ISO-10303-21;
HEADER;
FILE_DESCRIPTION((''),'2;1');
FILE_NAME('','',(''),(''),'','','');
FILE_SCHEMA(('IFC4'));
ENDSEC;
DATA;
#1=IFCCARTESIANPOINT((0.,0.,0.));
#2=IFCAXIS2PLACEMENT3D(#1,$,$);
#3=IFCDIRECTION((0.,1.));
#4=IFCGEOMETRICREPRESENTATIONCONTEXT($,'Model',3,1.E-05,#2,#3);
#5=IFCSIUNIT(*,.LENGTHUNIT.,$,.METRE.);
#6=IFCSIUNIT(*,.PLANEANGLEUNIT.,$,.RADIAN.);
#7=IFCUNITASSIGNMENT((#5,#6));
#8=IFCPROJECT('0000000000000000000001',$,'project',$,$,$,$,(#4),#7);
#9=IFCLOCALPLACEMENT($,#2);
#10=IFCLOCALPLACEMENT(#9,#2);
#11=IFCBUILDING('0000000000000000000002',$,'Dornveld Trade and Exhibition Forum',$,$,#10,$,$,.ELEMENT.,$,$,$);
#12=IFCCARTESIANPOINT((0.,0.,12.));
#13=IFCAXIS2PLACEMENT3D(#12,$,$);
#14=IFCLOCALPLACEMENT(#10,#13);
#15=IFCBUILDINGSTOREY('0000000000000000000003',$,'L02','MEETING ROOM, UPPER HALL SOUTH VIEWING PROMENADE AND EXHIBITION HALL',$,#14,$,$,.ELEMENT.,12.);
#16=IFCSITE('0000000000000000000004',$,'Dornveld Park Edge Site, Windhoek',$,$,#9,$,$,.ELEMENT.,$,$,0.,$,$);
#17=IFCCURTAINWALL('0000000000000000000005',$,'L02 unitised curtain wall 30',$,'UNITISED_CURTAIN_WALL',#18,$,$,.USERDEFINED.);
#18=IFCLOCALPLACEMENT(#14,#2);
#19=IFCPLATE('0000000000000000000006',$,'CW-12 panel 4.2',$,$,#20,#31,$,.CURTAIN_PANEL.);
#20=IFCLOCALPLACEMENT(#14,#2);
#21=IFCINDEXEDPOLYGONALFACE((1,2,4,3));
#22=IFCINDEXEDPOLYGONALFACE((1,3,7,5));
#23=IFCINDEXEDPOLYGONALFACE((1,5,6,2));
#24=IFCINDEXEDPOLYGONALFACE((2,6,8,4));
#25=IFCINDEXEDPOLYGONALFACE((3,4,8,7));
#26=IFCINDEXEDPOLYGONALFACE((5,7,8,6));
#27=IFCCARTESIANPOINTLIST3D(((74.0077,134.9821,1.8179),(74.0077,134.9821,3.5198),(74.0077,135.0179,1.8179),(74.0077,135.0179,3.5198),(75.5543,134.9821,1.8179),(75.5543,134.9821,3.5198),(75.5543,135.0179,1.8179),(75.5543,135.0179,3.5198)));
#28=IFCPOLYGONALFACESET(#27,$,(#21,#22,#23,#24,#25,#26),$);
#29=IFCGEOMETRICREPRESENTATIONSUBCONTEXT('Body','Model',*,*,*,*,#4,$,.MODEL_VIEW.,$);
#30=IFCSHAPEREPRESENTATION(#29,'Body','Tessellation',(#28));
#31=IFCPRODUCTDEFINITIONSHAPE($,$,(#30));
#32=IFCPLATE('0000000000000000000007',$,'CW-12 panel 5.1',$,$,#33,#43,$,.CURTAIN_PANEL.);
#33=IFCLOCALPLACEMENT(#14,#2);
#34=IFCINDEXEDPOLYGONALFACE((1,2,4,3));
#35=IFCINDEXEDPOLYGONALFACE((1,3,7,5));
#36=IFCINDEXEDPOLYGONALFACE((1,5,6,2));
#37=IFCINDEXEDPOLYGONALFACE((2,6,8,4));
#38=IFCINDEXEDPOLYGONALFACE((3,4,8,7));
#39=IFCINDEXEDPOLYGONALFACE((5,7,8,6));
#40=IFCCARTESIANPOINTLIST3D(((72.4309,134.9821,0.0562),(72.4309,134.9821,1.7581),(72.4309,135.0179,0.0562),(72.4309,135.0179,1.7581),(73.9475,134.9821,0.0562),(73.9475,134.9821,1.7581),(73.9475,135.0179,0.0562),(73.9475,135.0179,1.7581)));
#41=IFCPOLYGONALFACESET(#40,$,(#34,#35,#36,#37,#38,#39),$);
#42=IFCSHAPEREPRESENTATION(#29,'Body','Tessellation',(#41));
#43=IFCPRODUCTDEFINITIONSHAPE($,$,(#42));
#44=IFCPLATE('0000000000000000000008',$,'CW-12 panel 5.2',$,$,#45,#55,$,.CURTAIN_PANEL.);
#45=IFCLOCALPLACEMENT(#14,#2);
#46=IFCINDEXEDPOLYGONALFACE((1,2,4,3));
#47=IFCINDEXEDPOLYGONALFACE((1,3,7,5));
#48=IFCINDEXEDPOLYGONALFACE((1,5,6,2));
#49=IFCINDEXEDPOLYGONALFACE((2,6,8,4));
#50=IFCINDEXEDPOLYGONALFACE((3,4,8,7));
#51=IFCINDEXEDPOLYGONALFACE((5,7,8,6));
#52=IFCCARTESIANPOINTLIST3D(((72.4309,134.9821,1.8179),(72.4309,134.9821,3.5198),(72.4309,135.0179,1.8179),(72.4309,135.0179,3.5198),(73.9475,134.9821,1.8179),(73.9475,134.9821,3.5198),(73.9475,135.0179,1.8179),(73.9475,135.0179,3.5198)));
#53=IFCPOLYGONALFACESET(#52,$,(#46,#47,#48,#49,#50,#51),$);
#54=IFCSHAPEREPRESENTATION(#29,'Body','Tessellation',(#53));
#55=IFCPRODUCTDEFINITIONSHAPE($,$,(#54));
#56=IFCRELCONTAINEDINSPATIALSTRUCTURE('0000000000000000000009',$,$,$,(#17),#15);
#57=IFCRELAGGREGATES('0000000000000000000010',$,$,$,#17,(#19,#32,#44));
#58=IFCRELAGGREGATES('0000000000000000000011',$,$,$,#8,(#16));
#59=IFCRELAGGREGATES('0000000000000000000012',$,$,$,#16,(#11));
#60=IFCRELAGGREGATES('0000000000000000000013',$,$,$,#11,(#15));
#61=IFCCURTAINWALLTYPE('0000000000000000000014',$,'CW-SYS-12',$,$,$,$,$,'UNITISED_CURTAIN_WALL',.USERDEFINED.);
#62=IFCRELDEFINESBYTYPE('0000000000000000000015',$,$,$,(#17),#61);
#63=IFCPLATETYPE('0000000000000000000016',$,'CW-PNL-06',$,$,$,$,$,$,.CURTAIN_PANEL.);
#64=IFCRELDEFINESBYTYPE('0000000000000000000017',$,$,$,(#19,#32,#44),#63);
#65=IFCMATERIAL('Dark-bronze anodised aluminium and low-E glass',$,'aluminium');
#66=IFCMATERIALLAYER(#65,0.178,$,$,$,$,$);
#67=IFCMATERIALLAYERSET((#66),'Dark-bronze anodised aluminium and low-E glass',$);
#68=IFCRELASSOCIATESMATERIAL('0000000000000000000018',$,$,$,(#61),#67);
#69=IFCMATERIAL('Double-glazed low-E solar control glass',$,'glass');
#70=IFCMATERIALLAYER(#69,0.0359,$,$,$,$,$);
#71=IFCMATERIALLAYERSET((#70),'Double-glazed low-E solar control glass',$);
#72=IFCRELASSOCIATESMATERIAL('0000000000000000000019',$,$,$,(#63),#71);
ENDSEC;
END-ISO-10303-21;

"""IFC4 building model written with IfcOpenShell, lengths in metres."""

from ifc_helpers import new_model, si_unit, direction, frame, origin, origin_2d, place, context, subcontext, project, spatial, rectangle, extrude, material, layer, layer_set, type_object, element, aggregate, save


model = new_model("IFC4")

# Units and contexts
model_context = context("Model", 3, precision=1e-05, world=origin(), true_north=direction((0.0, 1.0)))
body_context = subcontext(model_context, "Body", "Model", "MODEL_VIEW")
ifc_project = project(units=[si_unit("LENGTHUNIT", "METRE"), si_unit("PLANEANGLEUNIT", "RADIAN")], contexts=[model_context])

# Site, building, storey
site_placement = place(None, origin())
site = spatial("IfcSite", under=ifc_project, at=site_placement, Name="Dornveld Park Edge Site, Windhoek", CompositionType="ELEMENT", RefElevation=0.0)
building_placement = place(site_placement, origin())
building = spatial("IfcBuilding", under=site, at=building_placement, Name="Dornveld Trade and Exhibition Forum", CompositionType="ELEMENT")
storey_placement = place(building_placement, frame((0.0, 0.0, 12.0)))
storey = spatial("IfcBuildingStorey", under=building, at=storey_placement, Name="L02", Description="MEETING ROOM, UPPER HALL SOUTH VIEWING PROMENADE AND EXHIBITION HALL", CompositionType="ELEMENT", Elevation=12.0)

# Curtain wall
ifc_material_1 = material(Name="Dark-bronze anodised aluminium and low-E glass", Category="aluminium")
ifc_layer_1 = layer(ifc_material_1, 0.178)
ifc_layer_set_1 = layer_set([ifc_layer_1], Name="Dark-bronze anodised aluminium and low-E glass")
curtain_wall_type_1 = type_object("IfcCurtainWallType", Name="CW-SYS-12", ElementType="UNITISED_CURTAIN_WALL", PredefinedType="USERDEFINED", material=ifc_layer_set_1)
curtain_wall_1_placement = place(storey_placement, origin())
curtain_wall_1 = element("IfcCurtainWall", 1, at=curtain_wall_1_placement, inside=storey, type_object=curtain_wall_type_1, Name="L02 unitised curtain wall 30", ObjectType="UNITISED_CURTAIN_WALL", PredefinedType="USERDEFINED")

# Plates
ifc_material_2 = material(Name="Double-glazed low-E solar control glass", Category="glass")
ifc_layer_2 = layer(ifc_material_2, 0.0359)
ifc_layer_set_2 = layer_set([ifc_layer_2], Name="Double-glazed low-E solar control glass")
plate_type_1 = type_object("IfcPlateType", Name="CW-PNL-06", PredefinedType="CURTAIN_PANEL", material=ifc_layer_set_2)
plate_1_placement = place(storey_placement, frame((74.781, 135.0, 1.8179), z_axis=(0.0, 0.0, 1.0), x_axis=(-1.0, 0.0, 0.0)))
plate_1 = element("IfcPlate", 2, at=plate_1_placement, type_object=plate_type_1, Name="CW-12 panel 4.2", PredefinedType="CURTAIN_PANEL", context=body_context, shape_type="SweptSolid", body=[
    extrude(rectangle(XDim=1.5466, YDim=0.0359, at=origin_2d()), origin(), (0.0, 0.0, 1.0), 1.7019),
])
plate_2_placement = place(storey_placement, frame((73.1892, 135.0, 0.0562), z_axis=(0.0, 0.0, 1.0), x_axis=(-1.0, 0.0, 0.0)))
plate_2 = element("IfcPlate", 3, at=plate_2_placement, type_object=plate_type_1, Name="CW-12 panel 5.1", PredefinedType="CURTAIN_PANEL", context=body_context, shape_type="SweptSolid", body=[
    extrude(rectangle(XDim=1.5166, YDim=0.0359, at=origin_2d()), origin(), (0.0, 0.0, 1.0), 1.7019),
])
plate_3_placement = place(storey_placement, frame((73.1892, 135.0, 1.8179), z_axis=(0.0, 0.0, 1.0), x_axis=(-1.0, 0.0, 0.0)))
plate_3 = element("IfcPlate", 4, at=plate_3_placement, type_object=plate_type_1, Name="CW-12 panel 5.2", PredefinedType="CURTAIN_PANEL", context=body_context, shape_type="SweptSolid", body=[
    extrude(rectangle(XDim=1.5166, YDim=0.0359, at=origin_2d()), origin(), (0.0, 0.0, 1.0), 1.7019),
])
aggregate(curtain_wall_1, [plate_1, plate_2, plate_3])

save(model, "model.ifc")
